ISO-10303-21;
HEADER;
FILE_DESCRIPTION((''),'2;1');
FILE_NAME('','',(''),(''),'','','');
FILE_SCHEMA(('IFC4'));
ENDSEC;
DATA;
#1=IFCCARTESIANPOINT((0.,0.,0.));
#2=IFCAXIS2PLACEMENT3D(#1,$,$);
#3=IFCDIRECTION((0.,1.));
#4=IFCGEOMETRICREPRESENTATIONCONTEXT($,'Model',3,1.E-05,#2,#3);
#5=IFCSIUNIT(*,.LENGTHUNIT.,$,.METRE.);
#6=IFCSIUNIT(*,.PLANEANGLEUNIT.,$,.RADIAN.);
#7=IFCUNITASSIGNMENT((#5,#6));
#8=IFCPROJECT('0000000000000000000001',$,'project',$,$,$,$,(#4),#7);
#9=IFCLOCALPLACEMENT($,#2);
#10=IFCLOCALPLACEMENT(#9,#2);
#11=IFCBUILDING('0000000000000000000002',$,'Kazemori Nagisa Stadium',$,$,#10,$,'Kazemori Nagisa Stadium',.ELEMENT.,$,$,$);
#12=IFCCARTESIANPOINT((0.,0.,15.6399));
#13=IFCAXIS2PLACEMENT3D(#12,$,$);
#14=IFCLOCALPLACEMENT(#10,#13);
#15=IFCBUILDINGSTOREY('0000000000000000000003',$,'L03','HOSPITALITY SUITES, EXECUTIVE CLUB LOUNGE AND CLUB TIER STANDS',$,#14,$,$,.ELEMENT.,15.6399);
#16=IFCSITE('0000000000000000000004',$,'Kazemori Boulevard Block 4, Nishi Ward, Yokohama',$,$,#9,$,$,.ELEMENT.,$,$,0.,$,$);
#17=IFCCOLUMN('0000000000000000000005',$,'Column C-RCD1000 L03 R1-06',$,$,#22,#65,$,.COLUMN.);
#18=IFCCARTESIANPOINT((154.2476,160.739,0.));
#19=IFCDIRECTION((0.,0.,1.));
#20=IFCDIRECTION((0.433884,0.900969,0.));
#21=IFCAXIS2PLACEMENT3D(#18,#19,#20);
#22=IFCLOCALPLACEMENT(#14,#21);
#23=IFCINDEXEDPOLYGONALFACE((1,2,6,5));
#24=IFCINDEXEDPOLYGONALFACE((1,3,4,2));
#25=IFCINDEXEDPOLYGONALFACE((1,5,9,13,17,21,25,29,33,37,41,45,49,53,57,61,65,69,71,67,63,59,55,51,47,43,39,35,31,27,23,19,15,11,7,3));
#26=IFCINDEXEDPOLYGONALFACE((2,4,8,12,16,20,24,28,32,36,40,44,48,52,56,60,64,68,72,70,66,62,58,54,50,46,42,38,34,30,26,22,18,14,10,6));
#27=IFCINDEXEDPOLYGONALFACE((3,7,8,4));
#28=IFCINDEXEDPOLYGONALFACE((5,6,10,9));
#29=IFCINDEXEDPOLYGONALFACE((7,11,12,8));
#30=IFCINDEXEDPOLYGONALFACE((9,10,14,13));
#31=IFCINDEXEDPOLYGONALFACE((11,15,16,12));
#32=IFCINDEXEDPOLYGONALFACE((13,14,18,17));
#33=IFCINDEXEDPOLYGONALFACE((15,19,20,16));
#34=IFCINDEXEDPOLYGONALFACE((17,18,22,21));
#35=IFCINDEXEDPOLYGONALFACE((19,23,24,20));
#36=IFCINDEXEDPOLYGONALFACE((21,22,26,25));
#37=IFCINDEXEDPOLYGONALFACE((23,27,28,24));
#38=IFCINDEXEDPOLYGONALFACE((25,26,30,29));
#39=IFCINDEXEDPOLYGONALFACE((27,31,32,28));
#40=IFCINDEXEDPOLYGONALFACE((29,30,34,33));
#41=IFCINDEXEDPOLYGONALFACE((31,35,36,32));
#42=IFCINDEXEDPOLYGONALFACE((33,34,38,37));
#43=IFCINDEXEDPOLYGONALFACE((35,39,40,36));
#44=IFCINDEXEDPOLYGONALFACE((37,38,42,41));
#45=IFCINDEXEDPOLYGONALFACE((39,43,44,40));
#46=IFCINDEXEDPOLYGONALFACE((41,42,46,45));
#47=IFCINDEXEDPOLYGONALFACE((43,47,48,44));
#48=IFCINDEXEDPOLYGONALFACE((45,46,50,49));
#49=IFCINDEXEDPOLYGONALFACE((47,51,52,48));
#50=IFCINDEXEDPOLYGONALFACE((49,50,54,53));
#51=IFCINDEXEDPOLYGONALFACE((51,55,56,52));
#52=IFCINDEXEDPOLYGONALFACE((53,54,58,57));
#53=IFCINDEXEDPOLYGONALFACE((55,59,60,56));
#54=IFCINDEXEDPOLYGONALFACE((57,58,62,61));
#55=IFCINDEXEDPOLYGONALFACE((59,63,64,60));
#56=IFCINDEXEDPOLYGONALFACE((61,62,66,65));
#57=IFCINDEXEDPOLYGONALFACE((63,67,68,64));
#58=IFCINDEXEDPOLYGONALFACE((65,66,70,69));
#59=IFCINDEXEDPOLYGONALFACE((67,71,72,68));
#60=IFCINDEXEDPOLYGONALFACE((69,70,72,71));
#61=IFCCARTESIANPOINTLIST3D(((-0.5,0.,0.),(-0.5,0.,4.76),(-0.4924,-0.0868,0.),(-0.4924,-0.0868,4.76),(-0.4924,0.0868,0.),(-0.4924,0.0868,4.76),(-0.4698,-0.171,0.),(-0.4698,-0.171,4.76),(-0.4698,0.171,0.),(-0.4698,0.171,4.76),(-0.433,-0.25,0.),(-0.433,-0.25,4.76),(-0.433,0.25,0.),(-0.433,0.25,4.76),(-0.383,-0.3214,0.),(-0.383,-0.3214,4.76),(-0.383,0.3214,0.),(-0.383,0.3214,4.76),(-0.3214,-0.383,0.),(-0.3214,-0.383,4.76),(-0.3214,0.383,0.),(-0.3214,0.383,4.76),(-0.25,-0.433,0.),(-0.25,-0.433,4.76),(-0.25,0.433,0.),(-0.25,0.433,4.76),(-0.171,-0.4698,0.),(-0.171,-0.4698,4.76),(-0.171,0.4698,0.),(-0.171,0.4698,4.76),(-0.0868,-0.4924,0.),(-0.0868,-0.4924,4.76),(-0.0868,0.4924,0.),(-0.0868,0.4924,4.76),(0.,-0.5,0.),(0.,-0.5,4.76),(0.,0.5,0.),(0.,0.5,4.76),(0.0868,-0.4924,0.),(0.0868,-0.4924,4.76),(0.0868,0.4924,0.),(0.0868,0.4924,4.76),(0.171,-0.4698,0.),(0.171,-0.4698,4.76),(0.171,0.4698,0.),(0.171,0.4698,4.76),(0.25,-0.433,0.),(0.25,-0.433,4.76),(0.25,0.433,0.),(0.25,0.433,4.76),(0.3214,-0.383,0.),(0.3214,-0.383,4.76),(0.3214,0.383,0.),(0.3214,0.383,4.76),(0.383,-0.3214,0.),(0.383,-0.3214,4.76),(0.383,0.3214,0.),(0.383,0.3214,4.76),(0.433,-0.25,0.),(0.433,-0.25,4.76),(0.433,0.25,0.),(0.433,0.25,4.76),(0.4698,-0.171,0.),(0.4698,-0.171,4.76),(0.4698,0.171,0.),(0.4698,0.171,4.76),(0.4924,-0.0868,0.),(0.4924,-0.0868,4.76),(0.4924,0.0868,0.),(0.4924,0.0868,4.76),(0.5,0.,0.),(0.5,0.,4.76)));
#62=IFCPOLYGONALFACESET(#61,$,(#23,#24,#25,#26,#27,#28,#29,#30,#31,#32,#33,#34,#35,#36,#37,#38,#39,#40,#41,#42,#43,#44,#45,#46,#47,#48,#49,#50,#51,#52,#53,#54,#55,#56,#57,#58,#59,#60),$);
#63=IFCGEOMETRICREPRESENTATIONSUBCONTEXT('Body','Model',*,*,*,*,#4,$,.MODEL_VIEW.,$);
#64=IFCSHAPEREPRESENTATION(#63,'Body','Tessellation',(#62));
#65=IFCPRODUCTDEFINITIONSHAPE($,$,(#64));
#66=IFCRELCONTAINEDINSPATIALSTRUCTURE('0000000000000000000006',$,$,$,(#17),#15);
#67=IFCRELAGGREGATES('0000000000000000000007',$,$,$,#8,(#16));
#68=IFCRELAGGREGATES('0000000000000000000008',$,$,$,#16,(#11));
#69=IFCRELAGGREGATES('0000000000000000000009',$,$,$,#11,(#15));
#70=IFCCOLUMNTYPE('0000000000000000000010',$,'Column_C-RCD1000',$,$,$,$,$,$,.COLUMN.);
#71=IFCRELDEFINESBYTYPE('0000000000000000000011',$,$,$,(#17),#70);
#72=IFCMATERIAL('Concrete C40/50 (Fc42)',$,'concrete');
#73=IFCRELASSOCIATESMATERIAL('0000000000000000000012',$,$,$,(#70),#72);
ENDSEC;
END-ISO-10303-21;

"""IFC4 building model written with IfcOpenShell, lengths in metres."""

from ifc_helpers import new_model, si_unit, direction, frame, origin, origin_2d, place, context, subcontext, project, spatial, circle, extrude, material, material_profile, profile_set, type_object, element, save


model = new_model("IFC4")

# Units and contexts
model_context = context("Model", 3, precision=1e-05, world=origin(), true_north=direction((0.0, 1.0)))
body_context = subcontext(model_context, "Body", "Model", "MODEL_VIEW")
ifc_project = project(units=[si_unit("LENGTHUNIT", "METRE"), si_unit("PLANEANGLEUNIT", "RADIAN")], contexts=[model_context])

# Site, building, storey
site_placement = place(None, origin())
site = spatial("IfcSite", under=ifc_project, at=site_placement, Name="Kazemori Boulevard Block 4, Nishi Ward, Yokohama", CompositionType="ELEMENT", RefElevation=0.0)
building_placement = place(site_placement, origin())
building = spatial("IfcBuilding", under=site, at=building_placement, Name="Kazemori Nagisa Stadium", LongName="Kazemori Nagisa Stadium", CompositionType="ELEMENT")
storey_placement = place(building_placement, frame((0.0, 0.0, 15.6399)))
storey = spatial("IfcBuildingStorey", under=building, at=storey_placement, Name="L03", Description="HOSPITALITY SUITES, EXECUTIVE CLUB LOUNGE AND CLUB TIER STANDS", CompositionType="ELEMENT", Elevation=15.6399)

# Column
ifc_material_1 = material(Name="Concrete C40/50 (Fc42)", Category="concrete")
ifc_material_profile_1 = material_profile(ifc_material_1, circle(Radius=0.5, at=origin_2d()), Name="RC-COL-D1000")
ifc_profile_set_1 = profile_set([ifc_material_profile_1], Name="Concrete C40/50 (Fc42)")
column_type = type_object("IfcColumnType", Name="Column_C-RCD1000", PredefinedType="COLUMN", material=ifc_profile_set_1)
column_placement = place(storey_placement, frame((154.2476, 160.739, 0.0), z_axis=(0.0, 0.0, 1.0), x_axis=(0.433884, 0.900969, 0.0)))
element("IfcColumn", 1, at=column_placement, inside=storey, type_object=column_type, Name="Column C-RCD1000 L03 R1-06", PredefinedType="COLUMN", context=body_context, shape_type="SweptSolid", body=[
    extrude(circle(Radius=0.5, at=origin_2d()), origin(), (0.0, 0.0, 1.0), 4.76),
])

save(model, "model.ifc")
